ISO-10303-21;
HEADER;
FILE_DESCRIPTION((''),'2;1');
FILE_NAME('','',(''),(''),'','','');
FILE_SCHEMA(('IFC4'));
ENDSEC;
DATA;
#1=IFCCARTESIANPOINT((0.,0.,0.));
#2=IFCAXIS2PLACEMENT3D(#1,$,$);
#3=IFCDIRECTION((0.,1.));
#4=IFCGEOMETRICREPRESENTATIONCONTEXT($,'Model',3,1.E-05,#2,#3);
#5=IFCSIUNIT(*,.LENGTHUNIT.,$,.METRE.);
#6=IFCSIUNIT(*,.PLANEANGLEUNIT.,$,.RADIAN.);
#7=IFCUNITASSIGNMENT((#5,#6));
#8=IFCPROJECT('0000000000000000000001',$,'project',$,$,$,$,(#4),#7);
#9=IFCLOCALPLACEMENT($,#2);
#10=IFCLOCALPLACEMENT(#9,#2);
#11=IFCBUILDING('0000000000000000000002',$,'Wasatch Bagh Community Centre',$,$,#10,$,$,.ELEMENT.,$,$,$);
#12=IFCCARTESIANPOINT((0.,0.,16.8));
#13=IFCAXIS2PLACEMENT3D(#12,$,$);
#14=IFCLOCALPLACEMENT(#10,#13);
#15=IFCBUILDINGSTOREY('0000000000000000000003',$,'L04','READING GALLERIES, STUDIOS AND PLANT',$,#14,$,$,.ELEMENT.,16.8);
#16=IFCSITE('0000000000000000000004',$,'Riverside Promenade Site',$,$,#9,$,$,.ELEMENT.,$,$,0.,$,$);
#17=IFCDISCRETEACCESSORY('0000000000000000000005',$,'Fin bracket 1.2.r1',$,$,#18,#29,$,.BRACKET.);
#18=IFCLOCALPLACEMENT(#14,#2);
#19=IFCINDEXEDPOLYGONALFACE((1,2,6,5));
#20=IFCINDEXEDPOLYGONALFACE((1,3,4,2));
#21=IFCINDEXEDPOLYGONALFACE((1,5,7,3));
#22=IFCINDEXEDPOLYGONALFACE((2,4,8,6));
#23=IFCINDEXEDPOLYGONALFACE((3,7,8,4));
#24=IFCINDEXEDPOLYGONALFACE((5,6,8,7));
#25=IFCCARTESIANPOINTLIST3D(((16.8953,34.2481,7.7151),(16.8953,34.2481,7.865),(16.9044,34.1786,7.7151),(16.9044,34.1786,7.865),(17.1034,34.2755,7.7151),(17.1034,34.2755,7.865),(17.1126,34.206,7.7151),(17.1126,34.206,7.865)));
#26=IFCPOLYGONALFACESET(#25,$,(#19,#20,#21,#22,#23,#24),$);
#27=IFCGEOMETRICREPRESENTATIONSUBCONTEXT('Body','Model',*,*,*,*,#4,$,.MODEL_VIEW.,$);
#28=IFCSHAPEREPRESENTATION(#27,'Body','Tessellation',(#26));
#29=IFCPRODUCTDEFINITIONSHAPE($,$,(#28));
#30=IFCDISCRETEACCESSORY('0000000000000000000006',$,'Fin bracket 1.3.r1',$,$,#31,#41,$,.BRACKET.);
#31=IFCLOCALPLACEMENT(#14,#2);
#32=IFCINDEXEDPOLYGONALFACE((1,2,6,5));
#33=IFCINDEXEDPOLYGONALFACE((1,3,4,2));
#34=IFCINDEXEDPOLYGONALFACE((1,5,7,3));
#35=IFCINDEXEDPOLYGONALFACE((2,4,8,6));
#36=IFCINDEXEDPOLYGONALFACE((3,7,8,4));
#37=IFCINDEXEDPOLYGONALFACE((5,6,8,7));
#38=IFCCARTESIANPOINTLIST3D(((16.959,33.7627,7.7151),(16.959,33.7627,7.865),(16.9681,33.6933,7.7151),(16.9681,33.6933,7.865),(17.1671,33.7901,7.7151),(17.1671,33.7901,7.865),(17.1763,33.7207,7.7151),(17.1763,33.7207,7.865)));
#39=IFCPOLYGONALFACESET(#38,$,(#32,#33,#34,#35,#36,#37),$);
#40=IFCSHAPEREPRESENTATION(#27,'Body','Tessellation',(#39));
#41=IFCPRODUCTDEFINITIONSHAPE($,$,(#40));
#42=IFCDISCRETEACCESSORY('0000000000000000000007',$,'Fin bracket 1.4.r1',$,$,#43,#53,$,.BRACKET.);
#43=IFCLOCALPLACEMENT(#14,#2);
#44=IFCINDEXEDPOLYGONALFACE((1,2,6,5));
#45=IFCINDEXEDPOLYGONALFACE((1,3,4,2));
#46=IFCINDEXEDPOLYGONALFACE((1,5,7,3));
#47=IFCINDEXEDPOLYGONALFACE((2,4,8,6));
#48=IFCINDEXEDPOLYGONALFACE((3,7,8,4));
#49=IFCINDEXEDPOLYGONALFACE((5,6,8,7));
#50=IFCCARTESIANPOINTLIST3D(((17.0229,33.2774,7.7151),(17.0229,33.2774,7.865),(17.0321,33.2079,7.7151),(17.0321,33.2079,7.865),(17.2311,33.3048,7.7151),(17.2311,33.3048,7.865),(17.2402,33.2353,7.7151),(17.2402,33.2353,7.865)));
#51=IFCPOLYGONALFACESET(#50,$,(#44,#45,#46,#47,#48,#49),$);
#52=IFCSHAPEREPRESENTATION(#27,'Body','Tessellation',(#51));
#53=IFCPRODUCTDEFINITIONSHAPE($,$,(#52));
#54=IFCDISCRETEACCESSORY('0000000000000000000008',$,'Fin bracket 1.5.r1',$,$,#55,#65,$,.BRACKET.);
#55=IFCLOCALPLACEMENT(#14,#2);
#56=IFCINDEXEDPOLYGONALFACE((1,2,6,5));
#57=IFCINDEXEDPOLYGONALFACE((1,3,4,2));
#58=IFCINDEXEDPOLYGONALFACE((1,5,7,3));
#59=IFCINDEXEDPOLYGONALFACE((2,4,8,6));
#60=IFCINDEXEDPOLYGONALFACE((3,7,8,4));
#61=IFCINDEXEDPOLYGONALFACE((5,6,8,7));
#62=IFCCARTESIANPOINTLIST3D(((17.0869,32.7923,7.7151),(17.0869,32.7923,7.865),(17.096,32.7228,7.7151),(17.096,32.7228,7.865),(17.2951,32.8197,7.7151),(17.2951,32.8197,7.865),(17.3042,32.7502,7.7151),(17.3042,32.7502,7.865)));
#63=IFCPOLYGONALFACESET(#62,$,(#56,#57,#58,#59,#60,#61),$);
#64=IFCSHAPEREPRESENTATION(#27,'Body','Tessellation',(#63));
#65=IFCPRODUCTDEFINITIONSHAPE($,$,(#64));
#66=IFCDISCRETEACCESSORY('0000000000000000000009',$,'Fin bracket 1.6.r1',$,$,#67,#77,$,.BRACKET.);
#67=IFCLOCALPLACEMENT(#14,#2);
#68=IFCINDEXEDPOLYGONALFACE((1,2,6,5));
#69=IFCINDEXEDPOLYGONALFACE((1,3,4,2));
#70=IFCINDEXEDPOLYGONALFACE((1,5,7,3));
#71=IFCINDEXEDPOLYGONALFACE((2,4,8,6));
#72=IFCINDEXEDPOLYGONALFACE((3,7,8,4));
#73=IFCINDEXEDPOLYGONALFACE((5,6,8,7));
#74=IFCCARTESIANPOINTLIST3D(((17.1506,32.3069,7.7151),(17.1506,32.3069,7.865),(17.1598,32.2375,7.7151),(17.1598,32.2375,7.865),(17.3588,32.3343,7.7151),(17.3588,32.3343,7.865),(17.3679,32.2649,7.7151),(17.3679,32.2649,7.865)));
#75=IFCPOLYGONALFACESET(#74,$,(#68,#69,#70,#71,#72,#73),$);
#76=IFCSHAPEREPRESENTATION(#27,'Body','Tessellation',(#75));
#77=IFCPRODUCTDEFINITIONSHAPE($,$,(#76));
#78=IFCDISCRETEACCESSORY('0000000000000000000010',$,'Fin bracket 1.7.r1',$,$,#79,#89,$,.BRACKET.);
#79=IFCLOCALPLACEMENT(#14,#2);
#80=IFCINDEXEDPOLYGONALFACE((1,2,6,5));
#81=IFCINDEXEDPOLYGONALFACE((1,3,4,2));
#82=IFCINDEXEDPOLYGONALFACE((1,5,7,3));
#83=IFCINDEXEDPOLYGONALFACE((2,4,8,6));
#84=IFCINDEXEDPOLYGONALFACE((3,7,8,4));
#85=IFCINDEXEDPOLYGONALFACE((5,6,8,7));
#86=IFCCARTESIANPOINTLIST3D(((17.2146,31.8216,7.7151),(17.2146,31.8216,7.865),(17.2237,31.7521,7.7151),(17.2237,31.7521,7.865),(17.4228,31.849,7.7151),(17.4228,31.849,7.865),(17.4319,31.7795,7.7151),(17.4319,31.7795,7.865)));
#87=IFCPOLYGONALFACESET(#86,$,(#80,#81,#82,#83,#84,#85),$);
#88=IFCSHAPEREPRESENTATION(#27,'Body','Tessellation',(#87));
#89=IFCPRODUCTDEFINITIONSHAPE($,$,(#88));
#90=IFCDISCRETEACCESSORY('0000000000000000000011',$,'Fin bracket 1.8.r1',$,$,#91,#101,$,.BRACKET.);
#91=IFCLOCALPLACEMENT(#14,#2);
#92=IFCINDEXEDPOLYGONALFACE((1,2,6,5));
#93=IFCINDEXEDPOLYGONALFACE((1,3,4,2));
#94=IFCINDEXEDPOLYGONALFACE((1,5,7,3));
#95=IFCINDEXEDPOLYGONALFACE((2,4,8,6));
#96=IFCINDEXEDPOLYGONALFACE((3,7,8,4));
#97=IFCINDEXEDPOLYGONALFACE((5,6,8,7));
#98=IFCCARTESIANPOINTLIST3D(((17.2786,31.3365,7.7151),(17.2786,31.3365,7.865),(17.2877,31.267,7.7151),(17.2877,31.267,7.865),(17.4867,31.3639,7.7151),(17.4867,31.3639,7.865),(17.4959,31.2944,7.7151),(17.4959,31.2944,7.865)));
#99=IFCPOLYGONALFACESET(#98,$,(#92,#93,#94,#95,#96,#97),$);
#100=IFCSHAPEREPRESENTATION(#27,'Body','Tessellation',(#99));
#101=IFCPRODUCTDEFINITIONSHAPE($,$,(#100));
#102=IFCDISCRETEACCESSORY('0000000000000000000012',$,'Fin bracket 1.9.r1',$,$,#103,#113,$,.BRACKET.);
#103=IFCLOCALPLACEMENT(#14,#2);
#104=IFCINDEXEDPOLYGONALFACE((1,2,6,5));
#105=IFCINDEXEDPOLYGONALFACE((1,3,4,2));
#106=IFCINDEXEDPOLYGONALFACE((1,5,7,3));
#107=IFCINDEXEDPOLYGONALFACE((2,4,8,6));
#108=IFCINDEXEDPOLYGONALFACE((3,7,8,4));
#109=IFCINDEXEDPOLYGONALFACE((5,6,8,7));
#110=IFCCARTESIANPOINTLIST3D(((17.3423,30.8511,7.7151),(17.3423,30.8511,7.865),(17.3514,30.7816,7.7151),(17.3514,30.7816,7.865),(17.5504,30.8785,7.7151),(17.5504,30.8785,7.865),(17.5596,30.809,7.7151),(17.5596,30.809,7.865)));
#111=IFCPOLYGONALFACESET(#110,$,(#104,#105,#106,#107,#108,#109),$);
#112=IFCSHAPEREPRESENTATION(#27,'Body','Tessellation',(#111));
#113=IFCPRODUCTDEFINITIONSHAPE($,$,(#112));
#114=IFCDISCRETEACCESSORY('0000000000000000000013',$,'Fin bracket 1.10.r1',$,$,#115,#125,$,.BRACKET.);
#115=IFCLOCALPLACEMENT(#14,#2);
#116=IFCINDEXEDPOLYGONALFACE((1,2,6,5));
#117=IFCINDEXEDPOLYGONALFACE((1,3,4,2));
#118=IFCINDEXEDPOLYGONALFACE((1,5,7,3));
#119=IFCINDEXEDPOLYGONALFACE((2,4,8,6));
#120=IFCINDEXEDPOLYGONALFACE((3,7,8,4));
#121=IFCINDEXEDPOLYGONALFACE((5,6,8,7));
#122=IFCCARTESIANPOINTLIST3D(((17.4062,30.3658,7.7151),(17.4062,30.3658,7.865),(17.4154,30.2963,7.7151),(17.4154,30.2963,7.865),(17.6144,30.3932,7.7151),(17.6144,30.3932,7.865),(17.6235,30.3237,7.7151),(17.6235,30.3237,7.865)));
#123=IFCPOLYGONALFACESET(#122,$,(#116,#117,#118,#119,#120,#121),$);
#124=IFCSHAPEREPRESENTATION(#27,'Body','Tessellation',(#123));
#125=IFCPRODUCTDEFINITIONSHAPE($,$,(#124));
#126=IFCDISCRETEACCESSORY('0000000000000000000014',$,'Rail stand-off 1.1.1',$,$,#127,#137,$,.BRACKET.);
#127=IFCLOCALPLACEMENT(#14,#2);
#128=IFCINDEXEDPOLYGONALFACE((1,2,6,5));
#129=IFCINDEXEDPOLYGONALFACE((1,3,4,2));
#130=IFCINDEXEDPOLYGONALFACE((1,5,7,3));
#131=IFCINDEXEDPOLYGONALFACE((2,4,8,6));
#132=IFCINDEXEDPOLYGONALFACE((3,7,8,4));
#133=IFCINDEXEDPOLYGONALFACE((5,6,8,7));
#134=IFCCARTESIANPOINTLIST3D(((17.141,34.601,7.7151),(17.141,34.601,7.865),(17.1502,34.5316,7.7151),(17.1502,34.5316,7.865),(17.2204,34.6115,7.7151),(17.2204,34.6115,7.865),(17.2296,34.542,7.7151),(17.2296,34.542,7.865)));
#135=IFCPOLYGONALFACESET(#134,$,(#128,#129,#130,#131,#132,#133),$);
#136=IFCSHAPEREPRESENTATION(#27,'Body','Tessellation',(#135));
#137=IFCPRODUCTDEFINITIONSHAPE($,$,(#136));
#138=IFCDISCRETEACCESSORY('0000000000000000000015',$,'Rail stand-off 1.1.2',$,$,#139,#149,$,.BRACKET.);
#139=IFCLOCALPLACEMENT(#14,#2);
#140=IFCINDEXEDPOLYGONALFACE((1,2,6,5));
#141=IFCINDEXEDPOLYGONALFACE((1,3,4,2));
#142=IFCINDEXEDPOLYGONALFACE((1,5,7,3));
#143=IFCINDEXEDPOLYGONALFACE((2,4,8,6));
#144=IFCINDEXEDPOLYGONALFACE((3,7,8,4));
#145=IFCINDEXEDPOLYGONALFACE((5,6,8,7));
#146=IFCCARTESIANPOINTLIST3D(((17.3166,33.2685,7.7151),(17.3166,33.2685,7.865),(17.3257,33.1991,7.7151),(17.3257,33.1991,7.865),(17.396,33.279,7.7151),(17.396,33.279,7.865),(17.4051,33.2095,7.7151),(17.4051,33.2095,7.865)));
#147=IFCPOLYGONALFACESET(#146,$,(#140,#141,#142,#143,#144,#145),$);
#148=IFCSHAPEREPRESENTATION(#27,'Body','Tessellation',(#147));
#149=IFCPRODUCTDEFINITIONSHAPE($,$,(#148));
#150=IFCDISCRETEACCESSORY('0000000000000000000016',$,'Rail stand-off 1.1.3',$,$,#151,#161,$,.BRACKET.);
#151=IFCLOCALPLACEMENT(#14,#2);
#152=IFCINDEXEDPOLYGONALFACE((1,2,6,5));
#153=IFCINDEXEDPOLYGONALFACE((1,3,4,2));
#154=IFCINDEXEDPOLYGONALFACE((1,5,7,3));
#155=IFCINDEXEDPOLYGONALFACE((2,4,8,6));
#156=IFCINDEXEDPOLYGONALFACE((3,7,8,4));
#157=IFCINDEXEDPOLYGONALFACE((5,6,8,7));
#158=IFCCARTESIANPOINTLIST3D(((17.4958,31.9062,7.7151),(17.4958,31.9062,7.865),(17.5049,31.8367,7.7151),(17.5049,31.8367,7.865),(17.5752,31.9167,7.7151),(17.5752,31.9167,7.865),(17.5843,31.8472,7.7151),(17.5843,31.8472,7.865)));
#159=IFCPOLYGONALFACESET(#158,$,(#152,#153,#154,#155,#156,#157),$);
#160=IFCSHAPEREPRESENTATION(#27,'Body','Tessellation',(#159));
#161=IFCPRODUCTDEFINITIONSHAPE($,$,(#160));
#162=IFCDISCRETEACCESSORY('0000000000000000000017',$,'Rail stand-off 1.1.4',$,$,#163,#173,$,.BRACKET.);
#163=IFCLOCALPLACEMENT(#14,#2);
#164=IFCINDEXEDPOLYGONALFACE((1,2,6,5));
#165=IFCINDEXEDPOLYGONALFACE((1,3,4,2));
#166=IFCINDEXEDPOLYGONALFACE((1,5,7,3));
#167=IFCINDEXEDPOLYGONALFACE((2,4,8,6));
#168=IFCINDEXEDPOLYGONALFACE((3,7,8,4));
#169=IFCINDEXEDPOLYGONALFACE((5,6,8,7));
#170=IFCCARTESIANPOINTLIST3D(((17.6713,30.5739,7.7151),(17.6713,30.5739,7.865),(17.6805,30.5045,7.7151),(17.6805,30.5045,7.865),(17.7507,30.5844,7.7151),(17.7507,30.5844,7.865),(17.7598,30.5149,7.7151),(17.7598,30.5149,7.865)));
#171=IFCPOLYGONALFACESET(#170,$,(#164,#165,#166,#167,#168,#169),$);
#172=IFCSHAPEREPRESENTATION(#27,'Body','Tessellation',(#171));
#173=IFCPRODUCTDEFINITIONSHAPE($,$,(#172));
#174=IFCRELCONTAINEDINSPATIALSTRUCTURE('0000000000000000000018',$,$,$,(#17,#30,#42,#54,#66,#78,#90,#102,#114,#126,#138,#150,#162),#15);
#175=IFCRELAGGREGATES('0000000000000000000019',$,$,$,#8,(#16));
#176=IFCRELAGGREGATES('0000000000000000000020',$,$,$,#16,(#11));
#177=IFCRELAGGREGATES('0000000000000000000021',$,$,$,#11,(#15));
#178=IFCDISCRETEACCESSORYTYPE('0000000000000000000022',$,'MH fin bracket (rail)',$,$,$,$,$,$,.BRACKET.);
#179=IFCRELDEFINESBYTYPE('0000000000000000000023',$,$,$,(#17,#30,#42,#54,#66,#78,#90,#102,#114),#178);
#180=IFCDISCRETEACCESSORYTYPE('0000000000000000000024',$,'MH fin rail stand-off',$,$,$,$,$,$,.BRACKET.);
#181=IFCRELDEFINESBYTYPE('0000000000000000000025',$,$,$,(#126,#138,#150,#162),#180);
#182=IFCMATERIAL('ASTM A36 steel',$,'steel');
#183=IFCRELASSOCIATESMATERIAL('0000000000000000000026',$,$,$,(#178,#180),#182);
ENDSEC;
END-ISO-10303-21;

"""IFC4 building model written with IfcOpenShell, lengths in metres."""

from ifc_helpers import new_model, si_unit, direction, frame, origin, origin_2d, place, context, subcontext, project, spatial, rectangle, extrude, material, type_object, element, save


model = new_model("IFC4")

# Units and contexts
model_context = context("Model", 3, precision=1e-05, world=origin(), true_north=direction((0.0, 1.0)))
body_context = subcontext(model_context, "Body", "Model", "MODEL_VIEW")
ifc_project = project(units=[si_unit("LENGTHUNIT", "METRE"), si_unit("PLANEANGLEUNIT", "RADIAN")], contexts=[model_context])

# Site, building, storey
site_placement = place(None, origin())
site = spatial("IfcSite", under=ifc_project, at=site_placement, Name="Riverside Promenade Site", CompositionType="ELEMENT", RefElevation=0.0)
building_placement = place(site_placement, origin())
building = spatial("IfcBuilding", under=site, at=building_placement, Name="Wasatch Bagh Community Centre", CompositionType="ELEMENT")
storey_placement = place(building_placement, frame((0.0, 0.0, 16.8)))
storey = spatial("IfcBuildingStorey", under=building, at=storey_placement, Name="L04", Description="READING GALLERIES, STUDIOS AND PLANT", CompositionType="ELEMENT", Elevation=16.8)

# Shared definitions
ifc_material_1 = material(Name="ASTM A36 steel", Category="steel")

# Discrete accessories
discrete_accessory_type_1 = type_object("IfcDiscreteAccessoryType", Name="MH fin bracket (rail)", PredefinedType="BRACKET", material=ifc_material_1)
for number, where, z_axis, x_axis, name in (
    (1, (17.0039, 34.2271, 7.7151), (0.0, 0.0, 1.0), (0.130526, -0.991445, 0.0), "Fin bracket 1.2.r1"),
    (2, (17.0676, 33.7417, 7.7151), (0.0, 0.0, 1.0), (0.130526, -0.991445, 0.0), "Fin bracket 1.3.r1"),
    (3, (17.1316, 33.2563, 7.7151), (0.0, 0.0, 1.0), (0.130526, -0.991445, 0.0), "Fin bracket 1.4.r1"),
    (4, (17.1956, 32.7712, 7.7151), (0.0, 0.0, 1.0), (0.130526, -0.991445, 0.0), "Fin bracket 1.5.r1"),
    (5, (17.2593, 32.2859, 7.7151), (0.0, 0.0, 1.0), (0.130526, -0.991445, 0.0), "Fin bracket 1.6.r1"),
    (6, (17.3232, 31.8005, 7.7151), (0.0, 0.0, 1.0), (0.130526, -0.991445, 0.0), "Fin bracket 1.7.r1"),
    (7, (17.3872, 31.3154, 7.7151), (0.0, 0.0, 1.0), (0.130526, -0.991445, 0.0), "Fin bracket 1.8.r1"),
    (8, (17.4509, 30.8301, 7.7151), (0.0, 0.0, 1.0), (0.130526, -0.991445, 0.0), "Fin bracket 1.9.r1"),
    (9, (17.5149, 30.3447, 7.7151), (0.0, 0.0, 1.0), (0.130526, -0.991445, 0.0), "Fin bracket 1.10.r1"),
):
    element("IfcDiscreteAccessory", number, at=place(storey_placement, frame(where, z_axis=z_axis, x_axis=x_axis)), inside=storey, type_object=discrete_accessory_type_1, Name=name, PredefinedType="BRACKET", context=body_context, shape_type="SweptSolid", body=[
        extrude(rectangle(XDim=0.0701, YDim=0.21, at=origin_2d()), origin(), (0.0, 0.0, 1.0), 0.1499),
    ])
discrete_accessory_type_2 = type_object("IfcDiscreteAccessoryType", Name="MH fin rail stand-off", PredefinedType="BRACKET", material=ifc_material_1)
for number, where, z_axis, x_axis, name in (
    (10, (17.1853, 34.5715, 7.7151), (0.0, 0.0, 1.0), (0.130526, -0.991445, 0.0), "Rail stand-off 1.1.1"),
    (11, (17.3608, 33.239, 7.7151), (0.0, 0.0, 1.0), (0.130526, -0.991445, 0.0), "Rail stand-off 1.1.2"),
    (12, (17.54, 31.8767, 7.7151), (0.0, 0.0, 1.0), (0.130526, -0.991445, 0.0), "Rail stand-off 1.1.3"),
    (13, (17.7156, 30.5444, 7.7151), (0.0, 0.0, 1.0), (0.130526, -0.991445, 0.0), "Rail stand-off 1.1.4"),
):
    element("IfcDiscreteAccessory", number, at=place(storey_placement, frame(where, z_axis=z_axis, x_axis=x_axis)), inside=storey, type_object=discrete_accessory_type_2, Name=name, PredefinedType="BRACKET", context=body_context, shape_type="SweptSolid", body=[
        extrude(rectangle(XDim=0.0701, YDim=0.0801, at=origin_2d()), origin(), (0.0, 0.0, 1.0), 0.1499),
    ])

save(model, "model.ifc")
